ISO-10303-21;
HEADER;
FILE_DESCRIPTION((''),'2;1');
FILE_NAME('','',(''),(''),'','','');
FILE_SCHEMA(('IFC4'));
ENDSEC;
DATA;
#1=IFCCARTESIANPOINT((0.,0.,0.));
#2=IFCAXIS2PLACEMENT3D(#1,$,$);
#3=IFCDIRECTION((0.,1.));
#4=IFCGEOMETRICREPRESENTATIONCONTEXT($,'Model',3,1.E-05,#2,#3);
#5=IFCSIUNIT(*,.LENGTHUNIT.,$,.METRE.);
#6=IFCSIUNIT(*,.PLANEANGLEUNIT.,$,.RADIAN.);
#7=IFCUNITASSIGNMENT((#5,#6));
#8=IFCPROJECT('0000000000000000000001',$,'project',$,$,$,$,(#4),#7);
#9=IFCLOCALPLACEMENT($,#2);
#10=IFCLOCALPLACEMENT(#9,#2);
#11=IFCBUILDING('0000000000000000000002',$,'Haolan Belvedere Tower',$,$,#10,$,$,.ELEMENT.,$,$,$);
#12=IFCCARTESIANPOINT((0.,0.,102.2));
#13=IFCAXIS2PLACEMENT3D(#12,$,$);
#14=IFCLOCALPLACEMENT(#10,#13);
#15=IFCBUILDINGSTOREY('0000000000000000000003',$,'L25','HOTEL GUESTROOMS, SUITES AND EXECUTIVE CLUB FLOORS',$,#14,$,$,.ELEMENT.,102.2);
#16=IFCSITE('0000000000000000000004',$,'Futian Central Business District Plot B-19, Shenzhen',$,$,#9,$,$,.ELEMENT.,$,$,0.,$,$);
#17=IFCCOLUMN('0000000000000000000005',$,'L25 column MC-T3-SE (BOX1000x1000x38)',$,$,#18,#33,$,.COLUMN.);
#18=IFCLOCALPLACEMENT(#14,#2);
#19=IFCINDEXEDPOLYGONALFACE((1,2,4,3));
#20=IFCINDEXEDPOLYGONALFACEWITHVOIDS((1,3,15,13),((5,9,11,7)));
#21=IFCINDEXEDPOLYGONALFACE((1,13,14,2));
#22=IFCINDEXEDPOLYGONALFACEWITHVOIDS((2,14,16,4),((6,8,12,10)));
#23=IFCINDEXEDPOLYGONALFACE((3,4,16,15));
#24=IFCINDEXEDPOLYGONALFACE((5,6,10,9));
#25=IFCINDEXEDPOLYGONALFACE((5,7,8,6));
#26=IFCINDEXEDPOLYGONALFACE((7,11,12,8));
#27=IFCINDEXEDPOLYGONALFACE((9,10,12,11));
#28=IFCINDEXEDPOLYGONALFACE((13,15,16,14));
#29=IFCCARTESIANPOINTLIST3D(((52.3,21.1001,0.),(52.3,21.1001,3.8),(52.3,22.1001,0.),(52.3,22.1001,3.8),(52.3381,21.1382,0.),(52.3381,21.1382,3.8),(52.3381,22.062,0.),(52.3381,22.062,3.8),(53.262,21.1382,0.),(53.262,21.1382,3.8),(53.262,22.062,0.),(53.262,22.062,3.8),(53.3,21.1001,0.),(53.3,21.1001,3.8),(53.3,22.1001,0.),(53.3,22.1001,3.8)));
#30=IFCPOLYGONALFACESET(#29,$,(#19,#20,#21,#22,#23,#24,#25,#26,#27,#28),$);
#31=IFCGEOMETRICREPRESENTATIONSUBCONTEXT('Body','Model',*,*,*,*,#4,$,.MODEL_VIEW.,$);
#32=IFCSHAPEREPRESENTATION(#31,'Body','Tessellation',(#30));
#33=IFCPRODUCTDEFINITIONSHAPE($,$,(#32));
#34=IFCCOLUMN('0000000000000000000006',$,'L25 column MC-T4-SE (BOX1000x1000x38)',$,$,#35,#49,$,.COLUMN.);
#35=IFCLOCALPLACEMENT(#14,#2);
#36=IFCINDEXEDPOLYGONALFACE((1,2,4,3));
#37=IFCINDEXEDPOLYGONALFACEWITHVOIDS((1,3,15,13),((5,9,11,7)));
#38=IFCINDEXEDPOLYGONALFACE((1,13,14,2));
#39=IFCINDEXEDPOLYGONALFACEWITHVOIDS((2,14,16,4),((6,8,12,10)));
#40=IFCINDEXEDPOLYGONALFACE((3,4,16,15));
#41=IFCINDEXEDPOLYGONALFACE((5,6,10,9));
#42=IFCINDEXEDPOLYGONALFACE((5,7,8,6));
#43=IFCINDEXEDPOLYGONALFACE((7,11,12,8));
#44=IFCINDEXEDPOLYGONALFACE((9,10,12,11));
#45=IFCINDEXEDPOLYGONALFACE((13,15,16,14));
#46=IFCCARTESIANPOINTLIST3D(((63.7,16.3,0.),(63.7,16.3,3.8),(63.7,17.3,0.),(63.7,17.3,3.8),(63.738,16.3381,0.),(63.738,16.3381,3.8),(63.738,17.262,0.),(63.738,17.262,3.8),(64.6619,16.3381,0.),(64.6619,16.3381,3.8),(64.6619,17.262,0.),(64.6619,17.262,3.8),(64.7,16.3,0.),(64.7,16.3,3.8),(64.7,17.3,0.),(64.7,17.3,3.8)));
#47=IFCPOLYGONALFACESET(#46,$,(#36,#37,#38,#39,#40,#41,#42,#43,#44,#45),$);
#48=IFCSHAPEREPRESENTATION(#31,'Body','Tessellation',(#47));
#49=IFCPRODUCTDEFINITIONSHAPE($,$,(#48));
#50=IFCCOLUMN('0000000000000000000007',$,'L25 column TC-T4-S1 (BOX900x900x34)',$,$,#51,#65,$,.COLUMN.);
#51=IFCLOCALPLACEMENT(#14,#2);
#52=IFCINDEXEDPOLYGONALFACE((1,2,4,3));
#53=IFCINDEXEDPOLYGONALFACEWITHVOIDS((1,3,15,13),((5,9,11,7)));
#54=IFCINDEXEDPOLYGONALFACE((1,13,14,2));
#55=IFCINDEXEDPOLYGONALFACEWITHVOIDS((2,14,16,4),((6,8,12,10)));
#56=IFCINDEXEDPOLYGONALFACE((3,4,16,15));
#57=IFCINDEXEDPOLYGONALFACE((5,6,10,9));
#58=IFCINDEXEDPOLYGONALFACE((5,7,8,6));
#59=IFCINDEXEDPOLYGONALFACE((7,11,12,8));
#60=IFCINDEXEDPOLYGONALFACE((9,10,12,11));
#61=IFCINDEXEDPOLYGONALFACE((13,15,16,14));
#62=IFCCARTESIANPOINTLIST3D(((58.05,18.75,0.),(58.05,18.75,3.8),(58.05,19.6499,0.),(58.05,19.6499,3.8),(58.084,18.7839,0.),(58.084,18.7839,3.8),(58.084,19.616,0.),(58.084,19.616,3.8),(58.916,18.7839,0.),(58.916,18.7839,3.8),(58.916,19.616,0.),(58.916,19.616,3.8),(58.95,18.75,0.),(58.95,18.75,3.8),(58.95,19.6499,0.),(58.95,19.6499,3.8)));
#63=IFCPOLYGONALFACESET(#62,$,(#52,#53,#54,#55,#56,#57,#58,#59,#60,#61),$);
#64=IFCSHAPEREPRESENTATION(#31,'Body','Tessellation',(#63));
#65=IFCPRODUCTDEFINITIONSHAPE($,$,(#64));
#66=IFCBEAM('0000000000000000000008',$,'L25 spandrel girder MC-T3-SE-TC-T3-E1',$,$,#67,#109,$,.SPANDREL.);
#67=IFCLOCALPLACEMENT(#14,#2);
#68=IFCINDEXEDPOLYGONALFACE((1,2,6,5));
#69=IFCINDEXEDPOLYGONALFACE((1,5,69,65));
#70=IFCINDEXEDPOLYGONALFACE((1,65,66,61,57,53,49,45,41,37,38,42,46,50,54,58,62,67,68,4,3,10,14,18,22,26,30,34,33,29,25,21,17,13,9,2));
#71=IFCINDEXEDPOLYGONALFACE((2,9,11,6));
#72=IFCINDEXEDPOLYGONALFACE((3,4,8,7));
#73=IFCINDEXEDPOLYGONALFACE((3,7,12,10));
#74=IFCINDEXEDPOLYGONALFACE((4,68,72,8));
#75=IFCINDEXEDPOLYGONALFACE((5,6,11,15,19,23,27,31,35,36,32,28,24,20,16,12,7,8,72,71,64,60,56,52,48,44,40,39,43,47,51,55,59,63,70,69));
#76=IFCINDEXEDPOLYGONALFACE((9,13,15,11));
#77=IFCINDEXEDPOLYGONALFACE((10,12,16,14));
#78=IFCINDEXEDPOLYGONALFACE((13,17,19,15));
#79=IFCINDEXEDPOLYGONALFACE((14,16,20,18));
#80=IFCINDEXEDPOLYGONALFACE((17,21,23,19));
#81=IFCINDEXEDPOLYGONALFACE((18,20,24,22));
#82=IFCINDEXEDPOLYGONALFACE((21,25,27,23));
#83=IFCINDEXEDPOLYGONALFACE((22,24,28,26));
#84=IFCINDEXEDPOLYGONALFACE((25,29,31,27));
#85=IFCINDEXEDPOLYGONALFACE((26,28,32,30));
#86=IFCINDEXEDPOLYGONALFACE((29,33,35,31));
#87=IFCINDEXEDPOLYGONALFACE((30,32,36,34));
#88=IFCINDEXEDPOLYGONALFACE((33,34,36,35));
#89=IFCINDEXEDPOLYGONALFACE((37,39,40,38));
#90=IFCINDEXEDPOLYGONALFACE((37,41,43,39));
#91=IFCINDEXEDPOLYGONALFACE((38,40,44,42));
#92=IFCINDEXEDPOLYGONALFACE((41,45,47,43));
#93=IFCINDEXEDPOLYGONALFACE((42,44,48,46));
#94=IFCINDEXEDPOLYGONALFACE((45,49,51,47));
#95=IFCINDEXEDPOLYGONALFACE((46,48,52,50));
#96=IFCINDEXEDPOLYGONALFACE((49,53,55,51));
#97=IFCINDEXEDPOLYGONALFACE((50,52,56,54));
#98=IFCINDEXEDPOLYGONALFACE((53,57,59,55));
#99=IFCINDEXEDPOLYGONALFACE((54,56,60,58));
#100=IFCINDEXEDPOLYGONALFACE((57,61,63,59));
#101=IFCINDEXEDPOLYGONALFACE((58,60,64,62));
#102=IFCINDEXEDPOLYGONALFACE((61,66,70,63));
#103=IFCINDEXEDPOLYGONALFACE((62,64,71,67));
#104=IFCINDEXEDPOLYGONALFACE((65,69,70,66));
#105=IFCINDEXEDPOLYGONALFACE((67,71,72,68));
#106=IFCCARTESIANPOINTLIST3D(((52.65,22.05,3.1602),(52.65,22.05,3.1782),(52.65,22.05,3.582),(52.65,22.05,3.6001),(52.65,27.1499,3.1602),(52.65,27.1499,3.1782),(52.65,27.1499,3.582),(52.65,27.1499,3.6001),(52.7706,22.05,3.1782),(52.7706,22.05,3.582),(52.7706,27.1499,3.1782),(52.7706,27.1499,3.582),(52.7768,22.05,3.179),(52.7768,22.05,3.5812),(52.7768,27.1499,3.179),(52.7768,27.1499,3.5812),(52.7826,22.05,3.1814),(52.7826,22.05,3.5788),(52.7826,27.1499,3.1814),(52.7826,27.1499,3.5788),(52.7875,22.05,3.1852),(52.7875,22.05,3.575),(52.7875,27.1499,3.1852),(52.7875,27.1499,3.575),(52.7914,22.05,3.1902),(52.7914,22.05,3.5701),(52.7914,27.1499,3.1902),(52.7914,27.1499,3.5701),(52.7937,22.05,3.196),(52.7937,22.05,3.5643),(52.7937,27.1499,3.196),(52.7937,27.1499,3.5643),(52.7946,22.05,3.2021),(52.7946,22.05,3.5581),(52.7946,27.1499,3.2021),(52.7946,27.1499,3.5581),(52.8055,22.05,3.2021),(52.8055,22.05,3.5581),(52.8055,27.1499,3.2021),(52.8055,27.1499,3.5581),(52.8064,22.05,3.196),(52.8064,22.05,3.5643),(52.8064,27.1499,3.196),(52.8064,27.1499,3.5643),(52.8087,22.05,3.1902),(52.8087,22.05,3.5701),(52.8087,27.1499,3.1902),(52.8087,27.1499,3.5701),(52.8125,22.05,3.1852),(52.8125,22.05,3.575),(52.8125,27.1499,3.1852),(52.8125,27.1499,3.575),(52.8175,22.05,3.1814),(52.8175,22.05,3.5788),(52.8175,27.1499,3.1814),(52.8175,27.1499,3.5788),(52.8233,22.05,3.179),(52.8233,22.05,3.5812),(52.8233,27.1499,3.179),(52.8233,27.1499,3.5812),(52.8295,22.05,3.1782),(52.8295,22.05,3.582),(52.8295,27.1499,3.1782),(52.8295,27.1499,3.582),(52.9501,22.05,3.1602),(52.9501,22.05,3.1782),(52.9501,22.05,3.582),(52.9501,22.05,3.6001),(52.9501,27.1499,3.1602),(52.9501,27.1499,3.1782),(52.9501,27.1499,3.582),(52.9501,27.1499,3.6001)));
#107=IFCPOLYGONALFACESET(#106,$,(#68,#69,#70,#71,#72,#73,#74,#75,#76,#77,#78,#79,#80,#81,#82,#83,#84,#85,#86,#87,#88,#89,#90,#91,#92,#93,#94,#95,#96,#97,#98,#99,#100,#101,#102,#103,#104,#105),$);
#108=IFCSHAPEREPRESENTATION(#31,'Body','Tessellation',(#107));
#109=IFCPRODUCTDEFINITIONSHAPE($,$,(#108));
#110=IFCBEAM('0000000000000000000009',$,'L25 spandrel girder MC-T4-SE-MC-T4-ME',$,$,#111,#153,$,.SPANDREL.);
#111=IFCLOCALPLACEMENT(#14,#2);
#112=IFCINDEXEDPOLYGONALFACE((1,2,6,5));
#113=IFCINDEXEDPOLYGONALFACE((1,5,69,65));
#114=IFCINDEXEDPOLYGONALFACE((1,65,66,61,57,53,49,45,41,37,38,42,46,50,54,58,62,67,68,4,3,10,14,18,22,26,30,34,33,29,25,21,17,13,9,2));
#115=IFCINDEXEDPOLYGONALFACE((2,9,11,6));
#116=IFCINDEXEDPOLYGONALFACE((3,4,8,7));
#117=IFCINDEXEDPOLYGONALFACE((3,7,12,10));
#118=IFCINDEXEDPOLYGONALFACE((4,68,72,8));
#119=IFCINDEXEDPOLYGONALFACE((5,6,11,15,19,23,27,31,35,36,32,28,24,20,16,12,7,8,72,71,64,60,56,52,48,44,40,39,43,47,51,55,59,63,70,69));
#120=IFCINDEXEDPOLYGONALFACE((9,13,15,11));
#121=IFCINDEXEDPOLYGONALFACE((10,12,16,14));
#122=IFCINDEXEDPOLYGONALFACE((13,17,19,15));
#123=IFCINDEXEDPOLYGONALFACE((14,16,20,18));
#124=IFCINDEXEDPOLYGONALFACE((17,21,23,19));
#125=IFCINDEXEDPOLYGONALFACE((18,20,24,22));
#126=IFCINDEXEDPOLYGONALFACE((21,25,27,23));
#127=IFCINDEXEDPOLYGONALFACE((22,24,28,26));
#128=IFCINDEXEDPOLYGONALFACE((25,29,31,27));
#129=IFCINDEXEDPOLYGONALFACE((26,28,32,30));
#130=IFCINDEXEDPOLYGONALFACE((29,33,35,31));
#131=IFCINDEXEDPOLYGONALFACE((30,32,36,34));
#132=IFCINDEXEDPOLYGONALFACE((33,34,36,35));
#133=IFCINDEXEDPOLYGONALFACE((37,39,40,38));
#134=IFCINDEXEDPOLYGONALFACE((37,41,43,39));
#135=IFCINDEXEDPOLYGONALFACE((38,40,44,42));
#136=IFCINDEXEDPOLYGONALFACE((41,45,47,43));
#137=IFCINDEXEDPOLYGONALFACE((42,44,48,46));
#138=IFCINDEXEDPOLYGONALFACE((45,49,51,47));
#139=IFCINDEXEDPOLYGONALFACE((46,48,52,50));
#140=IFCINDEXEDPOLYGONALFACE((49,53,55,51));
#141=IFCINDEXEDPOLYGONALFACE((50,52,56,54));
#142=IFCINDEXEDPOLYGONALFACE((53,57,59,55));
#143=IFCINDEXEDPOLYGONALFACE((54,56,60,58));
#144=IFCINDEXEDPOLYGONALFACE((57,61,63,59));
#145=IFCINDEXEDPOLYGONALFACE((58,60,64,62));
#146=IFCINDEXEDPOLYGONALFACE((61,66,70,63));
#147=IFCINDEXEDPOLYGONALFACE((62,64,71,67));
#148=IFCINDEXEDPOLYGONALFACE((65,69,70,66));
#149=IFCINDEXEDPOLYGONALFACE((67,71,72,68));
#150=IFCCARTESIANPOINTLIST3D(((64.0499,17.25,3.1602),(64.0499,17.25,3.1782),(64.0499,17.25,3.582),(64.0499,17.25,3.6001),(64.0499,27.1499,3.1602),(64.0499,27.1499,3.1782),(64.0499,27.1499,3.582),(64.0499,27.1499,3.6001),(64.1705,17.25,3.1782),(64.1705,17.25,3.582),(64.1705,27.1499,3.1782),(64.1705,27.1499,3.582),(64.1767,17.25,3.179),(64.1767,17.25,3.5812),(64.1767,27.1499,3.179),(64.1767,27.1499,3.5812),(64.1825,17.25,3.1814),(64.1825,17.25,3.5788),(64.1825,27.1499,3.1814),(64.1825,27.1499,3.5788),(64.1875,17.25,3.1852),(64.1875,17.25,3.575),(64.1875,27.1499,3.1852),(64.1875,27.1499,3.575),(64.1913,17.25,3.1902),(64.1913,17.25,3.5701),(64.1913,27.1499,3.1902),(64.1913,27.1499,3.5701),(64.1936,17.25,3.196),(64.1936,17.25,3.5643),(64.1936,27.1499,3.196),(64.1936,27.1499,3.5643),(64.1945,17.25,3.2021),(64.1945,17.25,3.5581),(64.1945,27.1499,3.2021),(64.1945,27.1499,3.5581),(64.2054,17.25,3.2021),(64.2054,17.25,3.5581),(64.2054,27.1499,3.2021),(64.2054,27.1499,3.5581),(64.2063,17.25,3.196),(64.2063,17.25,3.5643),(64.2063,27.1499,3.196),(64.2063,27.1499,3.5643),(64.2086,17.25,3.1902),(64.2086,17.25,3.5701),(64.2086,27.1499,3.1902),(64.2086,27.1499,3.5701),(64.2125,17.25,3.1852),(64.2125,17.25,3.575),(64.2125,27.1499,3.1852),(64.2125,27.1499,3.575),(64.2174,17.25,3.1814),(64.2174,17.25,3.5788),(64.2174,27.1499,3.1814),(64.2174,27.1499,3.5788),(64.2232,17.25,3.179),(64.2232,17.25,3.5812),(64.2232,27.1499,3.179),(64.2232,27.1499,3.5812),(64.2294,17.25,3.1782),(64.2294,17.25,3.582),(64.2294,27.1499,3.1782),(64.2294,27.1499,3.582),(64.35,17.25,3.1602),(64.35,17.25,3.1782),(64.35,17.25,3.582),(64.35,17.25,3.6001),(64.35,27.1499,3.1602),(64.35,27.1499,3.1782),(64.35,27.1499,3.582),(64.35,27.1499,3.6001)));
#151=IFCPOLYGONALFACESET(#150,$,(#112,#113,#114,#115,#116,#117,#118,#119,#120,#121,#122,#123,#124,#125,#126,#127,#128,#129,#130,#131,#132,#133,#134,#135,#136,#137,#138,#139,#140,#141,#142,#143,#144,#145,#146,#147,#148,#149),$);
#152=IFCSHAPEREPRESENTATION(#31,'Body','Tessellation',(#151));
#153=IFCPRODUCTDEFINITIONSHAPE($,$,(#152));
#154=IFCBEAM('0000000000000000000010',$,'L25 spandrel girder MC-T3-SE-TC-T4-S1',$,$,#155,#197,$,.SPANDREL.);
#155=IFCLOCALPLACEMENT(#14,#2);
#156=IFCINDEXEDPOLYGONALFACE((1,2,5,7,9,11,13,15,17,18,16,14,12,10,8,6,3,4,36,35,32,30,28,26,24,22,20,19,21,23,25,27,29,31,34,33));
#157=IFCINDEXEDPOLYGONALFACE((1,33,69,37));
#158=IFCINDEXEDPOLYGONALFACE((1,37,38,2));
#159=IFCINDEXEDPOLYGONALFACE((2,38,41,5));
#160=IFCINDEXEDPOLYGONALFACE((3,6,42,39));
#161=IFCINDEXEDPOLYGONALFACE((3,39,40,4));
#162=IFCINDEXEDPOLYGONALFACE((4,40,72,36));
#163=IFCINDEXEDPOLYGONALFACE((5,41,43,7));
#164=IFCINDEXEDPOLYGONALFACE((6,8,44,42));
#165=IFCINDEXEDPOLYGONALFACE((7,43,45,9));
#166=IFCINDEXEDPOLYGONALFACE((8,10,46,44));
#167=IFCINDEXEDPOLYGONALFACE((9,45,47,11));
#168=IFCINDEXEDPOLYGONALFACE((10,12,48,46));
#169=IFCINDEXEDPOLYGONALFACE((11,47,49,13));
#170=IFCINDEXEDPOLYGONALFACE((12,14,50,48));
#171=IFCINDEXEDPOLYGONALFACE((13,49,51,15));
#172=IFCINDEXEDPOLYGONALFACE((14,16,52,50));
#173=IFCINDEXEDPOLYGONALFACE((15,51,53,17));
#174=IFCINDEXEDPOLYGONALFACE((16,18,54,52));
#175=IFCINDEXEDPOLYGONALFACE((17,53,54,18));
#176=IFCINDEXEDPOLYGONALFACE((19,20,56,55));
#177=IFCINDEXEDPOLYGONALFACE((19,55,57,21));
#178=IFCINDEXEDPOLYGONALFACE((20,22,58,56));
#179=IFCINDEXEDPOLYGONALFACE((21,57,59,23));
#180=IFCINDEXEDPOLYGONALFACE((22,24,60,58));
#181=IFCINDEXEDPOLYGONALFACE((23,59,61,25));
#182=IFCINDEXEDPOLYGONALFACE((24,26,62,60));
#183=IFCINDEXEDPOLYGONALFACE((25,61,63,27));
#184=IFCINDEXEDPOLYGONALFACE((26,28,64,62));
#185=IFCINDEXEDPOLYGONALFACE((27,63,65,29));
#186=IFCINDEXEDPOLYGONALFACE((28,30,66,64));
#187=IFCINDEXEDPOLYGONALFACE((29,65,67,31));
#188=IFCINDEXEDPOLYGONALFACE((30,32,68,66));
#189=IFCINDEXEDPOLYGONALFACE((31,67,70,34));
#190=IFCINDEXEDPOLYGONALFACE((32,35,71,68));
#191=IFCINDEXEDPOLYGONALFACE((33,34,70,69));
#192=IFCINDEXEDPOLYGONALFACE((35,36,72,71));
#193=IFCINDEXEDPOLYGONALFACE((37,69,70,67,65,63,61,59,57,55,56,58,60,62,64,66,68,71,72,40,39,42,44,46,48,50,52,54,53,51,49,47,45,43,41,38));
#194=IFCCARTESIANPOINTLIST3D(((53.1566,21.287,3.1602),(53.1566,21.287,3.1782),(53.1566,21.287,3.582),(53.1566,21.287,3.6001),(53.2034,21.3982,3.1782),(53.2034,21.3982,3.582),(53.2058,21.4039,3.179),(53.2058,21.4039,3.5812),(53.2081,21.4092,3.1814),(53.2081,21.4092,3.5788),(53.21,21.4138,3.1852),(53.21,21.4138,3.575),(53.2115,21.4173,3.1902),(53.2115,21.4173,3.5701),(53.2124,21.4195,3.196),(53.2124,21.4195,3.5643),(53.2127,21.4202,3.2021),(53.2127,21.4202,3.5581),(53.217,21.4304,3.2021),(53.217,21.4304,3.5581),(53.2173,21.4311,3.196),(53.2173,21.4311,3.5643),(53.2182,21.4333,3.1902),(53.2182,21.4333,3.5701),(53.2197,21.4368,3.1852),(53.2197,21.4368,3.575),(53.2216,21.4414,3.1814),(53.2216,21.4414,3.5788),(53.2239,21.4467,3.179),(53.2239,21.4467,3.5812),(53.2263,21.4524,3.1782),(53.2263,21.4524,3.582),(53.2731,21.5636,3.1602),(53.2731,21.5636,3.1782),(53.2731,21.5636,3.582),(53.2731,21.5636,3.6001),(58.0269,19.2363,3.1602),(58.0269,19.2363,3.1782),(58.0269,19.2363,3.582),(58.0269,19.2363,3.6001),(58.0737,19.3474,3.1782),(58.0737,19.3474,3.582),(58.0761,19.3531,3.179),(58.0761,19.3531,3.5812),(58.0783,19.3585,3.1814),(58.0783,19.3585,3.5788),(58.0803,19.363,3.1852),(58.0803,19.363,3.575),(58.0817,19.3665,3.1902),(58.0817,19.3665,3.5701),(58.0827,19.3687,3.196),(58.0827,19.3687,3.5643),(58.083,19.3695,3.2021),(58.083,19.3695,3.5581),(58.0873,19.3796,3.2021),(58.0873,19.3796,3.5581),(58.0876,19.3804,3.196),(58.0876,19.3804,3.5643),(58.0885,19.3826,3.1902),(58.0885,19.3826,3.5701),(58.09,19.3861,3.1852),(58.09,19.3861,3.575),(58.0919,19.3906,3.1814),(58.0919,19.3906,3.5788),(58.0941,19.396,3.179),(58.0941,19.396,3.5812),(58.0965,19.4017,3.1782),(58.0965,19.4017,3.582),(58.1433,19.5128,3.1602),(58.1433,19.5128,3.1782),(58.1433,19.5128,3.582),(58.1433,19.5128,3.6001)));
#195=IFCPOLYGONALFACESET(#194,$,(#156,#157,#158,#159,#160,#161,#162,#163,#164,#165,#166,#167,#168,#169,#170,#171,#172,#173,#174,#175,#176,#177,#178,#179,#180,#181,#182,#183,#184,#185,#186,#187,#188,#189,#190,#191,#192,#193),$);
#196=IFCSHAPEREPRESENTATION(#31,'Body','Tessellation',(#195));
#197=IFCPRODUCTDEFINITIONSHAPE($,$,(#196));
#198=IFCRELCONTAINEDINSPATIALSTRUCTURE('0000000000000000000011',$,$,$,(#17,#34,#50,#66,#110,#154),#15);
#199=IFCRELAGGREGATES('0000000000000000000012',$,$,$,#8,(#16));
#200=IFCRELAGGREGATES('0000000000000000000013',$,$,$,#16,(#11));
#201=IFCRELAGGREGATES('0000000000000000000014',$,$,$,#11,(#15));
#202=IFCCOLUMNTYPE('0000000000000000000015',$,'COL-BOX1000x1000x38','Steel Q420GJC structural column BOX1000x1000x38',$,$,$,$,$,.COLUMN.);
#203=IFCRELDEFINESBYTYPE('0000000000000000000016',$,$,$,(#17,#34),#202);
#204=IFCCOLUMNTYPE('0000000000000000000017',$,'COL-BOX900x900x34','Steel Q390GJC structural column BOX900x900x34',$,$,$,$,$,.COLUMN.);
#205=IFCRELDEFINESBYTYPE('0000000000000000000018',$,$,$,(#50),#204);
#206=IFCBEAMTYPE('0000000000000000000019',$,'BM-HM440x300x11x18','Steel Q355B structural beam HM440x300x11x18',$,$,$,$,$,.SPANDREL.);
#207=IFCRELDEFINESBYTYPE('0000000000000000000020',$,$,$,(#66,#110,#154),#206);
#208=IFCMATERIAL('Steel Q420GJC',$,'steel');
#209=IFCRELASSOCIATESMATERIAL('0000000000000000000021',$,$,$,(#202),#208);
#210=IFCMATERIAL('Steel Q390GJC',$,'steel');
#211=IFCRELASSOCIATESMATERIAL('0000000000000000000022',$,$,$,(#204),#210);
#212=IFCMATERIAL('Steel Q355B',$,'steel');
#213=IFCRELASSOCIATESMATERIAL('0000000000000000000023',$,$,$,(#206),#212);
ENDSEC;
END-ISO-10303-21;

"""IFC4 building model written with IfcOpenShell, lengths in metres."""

from ifc_helpers import new_model, si_unit, direction, frame, origin, origin_2d, place, context, subcontext, project, spatial, hollow_rectangle, i_section, extrude, material, material_profile, profile_set, type_object, element, save


model = new_model("IFC4")

# Units and contexts
model_context = context("Model", 3, precision=1e-05, world=origin(), true_north=direction((0.0, 1.0)))
body_context = subcontext(model_context, "Body", "Model", "MODEL_VIEW")
ifc_project = project(units=[si_unit("LENGTHUNIT", "METRE"), si_unit("PLANEANGLEUNIT", "RADIAN")], contexts=[model_context])

# Site, building, storey
site_placement = place(None, origin())
site = spatial("IfcSite", under=ifc_project, at=site_placement, Name="Futian Central Business District Plot B-19, Shenzhen", CompositionType="ELEMENT", RefElevation=0.0)
building_placement = place(site_placement, origin())
building = spatial("IfcBuilding", under=site, at=building_placement, Name="Haolan Belvedere Tower", CompositionType="ELEMENT")
storey_placement = place(building_placement, frame((0.0, 0.0, 102.2)))
storey = spatial("IfcBuildingStorey", under=building, at=storey_placement, Name="L25", Description="HOTEL GUESTROOMS, SUITES AND EXECUTIVE CLUB FLOORS", CompositionType="ELEMENT", Elevation=102.2)

# Columns
ifc_material_1 = material(Name="Steel Q420GJC", Category="steel")
ifc_material_profile_1 = material_profile(ifc_material_1, hollow_rectangle(XDim=1.0, YDim=1.0, WallThickness=0.0381, at=origin_2d()), Name="Steel Q420GJC")
ifc_profile_set_1 = profile_set([ifc_material_profile_1], Name="Steel Q420GJC")
column_type_1 = type_object("IfcColumnType", Name="COL-BOX1000x1000x38", Description="Steel Q420GJC structural column BOX1000x1000x38", PredefinedType="COLUMN", material=ifc_profile_set_1)
for number, where, z_axis, x_axis, name in (
    (1, (52.8, 21.6001, 0.0), (0.0, 0.0, 1.0), (1.0, 0.0, 0.0), "L25 column MC-T3-SE (BOX1000x1000x38)"),
    (2, (64.2, 16.8, 0.0), (0.0, 0.0, 1.0), (1.0, 0.0, 0.0), "L25 column MC-T4-SE (BOX1000x1000x38)"),
):
    element("IfcColumn", number, at=place(storey_placement, frame(where, z_axis=z_axis, x_axis=x_axis)), inside=storey, type_object=column_type_1, Name=name, PredefinedType="COLUMN", context=body_context, shape_type="SweptSolid", body=[
        extrude(hollow_rectangle(XDim=1.0, YDim=1.0, WallThickness=0.0381, at=origin_2d()), origin(), (0.0, 0.0, 1.0), 3.8),
    ])
ifc_material_2 = material(Name="Steel Q390GJC", Category="steel")
ifc_material_profile_2 = material_profile(ifc_material_2, hollow_rectangle(XDim=0.8999, YDim=0.8999, WallThickness=0.0339, at=origin_2d()), Name="Steel Q390GJC")
ifc_profile_set_2 = profile_set([ifc_material_profile_2], Name="Steel Q390GJC")
column_type_2 = type_object("IfcColumnType", Name="COL-BOX900x900x34", Description="Steel Q390GJC structural column BOX900x900x34", PredefinedType="COLUMN", material=ifc_profile_set_2)
column_placement = place(storey_placement, frame((58.5, 19.2, 0.0), z_axis=(0.0, 0.0, 1.0), x_axis=(1.0, 0.0, 0.0)))
element("IfcColumn", 3, at=column_placement, inside=storey, type_object=column_type_2, Name="L25 column TC-T4-S1 (BOX900x900x34)", PredefinedType="COLUMN", context=body_context, shape_type="SweptSolid", body=[
    extrude(hollow_rectangle(XDim=0.8999, YDim=0.8999, WallThickness=0.0339, at=origin_2d()), origin(), (0.0, 0.0, 1.0), 3.8),
])

# Beams
ifc_material_3 = material(Name="Steel Q355B", Category="steel")
ifc_material_profile_3 = material_profile(ifc_material_3, i_section(OverallWidth=0.3, OverallDepth=0.4399, WebThickness=0.011, FlangeThickness=0.0181, FilletRadius=0.0239, at=origin_2d()), Name="Steel Q355B")
ifc_profile_set_3 = profile_set([ifc_material_profile_3], Name="Steel Q355B")
beam_type_1 = type_object("IfcBeamType", Name="BM-HM440x300x11x18", Description="Steel Q355B structural beam HM440x300x11x18", PredefinedType="SPANDREL", material=ifc_profile_set_3)
beam_1_placement = place(storey_placement, frame((52.8, 22.05, 3.3801), z_axis=(0.0, 1.0, 0.0), x_axis=(-1.0, 0.0, 0.0)))
element("IfcBeam", 4, at=beam_1_placement, inside=storey, type_object=beam_type_1, Name="L25 spandrel girder MC-T3-SE-TC-T3-E1", PredefinedType="SPANDREL", context=body_context, shape_type="SweptSolid", body=[
    extrude(i_section(OverallWidth=0.3, OverallDepth=0.4399, WebThickness=0.011, FlangeThickness=0.0181, FilletRadius=0.0239, at=origin_2d()), origin(), (0.0, 0.0, 1.0), 5.0999),
])
beam_2_placement = place(storey_placement, frame((64.2, 17.25, 3.3801), z_axis=(0.0, 1.0, 0.0), x_axis=(-1.0, 0.0, 0.0)))
element("IfcBeam", 5, at=beam_2_placement, inside=storey, type_object=beam_type_1, Name="L25 spandrel girder MC-T4-SE-MC-T4-ME", PredefinedType="SPANDREL", context=body_context, shape_type="SweptSolid", body=[
    extrude(i_section(OverallWidth=0.3, OverallDepth=0.4399, WebThickness=0.011, FlangeThickness=0.0181, FilletRadius=0.0239, at=origin_2d()), origin(), (0.0, 0.0, 1.0), 9.8999),
])
for number, where, z_axis, x_axis, name in (
    (6, (53.2148, 21.4253, 3.3801), (0.921628, -0.388074, 0.0), (0.388074, 0.921628, 0.0), "L25 spandrel girder MC-T3-SE-TC-T4-S1"),
):
    element("IfcBeam", number, at=place(storey_placement, frame(where, z_axis=z_axis, x_axis=x_axis)), inside=storey, type_object=beam_type_1, Name=name, PredefinedType="SPANDREL", context=body_context, shape_type="SweptSolid", body=[
        extrude(i_section(OverallWidth=0.3, OverallDepth=0.4399, WebThickness=0.011, FlangeThickness=0.0181, FilletRadius=0.0239, at=origin_2d()), origin(), (0.0, 0.0, 1.0), 5.2844),
    ])

save(model, "model.ifc")
